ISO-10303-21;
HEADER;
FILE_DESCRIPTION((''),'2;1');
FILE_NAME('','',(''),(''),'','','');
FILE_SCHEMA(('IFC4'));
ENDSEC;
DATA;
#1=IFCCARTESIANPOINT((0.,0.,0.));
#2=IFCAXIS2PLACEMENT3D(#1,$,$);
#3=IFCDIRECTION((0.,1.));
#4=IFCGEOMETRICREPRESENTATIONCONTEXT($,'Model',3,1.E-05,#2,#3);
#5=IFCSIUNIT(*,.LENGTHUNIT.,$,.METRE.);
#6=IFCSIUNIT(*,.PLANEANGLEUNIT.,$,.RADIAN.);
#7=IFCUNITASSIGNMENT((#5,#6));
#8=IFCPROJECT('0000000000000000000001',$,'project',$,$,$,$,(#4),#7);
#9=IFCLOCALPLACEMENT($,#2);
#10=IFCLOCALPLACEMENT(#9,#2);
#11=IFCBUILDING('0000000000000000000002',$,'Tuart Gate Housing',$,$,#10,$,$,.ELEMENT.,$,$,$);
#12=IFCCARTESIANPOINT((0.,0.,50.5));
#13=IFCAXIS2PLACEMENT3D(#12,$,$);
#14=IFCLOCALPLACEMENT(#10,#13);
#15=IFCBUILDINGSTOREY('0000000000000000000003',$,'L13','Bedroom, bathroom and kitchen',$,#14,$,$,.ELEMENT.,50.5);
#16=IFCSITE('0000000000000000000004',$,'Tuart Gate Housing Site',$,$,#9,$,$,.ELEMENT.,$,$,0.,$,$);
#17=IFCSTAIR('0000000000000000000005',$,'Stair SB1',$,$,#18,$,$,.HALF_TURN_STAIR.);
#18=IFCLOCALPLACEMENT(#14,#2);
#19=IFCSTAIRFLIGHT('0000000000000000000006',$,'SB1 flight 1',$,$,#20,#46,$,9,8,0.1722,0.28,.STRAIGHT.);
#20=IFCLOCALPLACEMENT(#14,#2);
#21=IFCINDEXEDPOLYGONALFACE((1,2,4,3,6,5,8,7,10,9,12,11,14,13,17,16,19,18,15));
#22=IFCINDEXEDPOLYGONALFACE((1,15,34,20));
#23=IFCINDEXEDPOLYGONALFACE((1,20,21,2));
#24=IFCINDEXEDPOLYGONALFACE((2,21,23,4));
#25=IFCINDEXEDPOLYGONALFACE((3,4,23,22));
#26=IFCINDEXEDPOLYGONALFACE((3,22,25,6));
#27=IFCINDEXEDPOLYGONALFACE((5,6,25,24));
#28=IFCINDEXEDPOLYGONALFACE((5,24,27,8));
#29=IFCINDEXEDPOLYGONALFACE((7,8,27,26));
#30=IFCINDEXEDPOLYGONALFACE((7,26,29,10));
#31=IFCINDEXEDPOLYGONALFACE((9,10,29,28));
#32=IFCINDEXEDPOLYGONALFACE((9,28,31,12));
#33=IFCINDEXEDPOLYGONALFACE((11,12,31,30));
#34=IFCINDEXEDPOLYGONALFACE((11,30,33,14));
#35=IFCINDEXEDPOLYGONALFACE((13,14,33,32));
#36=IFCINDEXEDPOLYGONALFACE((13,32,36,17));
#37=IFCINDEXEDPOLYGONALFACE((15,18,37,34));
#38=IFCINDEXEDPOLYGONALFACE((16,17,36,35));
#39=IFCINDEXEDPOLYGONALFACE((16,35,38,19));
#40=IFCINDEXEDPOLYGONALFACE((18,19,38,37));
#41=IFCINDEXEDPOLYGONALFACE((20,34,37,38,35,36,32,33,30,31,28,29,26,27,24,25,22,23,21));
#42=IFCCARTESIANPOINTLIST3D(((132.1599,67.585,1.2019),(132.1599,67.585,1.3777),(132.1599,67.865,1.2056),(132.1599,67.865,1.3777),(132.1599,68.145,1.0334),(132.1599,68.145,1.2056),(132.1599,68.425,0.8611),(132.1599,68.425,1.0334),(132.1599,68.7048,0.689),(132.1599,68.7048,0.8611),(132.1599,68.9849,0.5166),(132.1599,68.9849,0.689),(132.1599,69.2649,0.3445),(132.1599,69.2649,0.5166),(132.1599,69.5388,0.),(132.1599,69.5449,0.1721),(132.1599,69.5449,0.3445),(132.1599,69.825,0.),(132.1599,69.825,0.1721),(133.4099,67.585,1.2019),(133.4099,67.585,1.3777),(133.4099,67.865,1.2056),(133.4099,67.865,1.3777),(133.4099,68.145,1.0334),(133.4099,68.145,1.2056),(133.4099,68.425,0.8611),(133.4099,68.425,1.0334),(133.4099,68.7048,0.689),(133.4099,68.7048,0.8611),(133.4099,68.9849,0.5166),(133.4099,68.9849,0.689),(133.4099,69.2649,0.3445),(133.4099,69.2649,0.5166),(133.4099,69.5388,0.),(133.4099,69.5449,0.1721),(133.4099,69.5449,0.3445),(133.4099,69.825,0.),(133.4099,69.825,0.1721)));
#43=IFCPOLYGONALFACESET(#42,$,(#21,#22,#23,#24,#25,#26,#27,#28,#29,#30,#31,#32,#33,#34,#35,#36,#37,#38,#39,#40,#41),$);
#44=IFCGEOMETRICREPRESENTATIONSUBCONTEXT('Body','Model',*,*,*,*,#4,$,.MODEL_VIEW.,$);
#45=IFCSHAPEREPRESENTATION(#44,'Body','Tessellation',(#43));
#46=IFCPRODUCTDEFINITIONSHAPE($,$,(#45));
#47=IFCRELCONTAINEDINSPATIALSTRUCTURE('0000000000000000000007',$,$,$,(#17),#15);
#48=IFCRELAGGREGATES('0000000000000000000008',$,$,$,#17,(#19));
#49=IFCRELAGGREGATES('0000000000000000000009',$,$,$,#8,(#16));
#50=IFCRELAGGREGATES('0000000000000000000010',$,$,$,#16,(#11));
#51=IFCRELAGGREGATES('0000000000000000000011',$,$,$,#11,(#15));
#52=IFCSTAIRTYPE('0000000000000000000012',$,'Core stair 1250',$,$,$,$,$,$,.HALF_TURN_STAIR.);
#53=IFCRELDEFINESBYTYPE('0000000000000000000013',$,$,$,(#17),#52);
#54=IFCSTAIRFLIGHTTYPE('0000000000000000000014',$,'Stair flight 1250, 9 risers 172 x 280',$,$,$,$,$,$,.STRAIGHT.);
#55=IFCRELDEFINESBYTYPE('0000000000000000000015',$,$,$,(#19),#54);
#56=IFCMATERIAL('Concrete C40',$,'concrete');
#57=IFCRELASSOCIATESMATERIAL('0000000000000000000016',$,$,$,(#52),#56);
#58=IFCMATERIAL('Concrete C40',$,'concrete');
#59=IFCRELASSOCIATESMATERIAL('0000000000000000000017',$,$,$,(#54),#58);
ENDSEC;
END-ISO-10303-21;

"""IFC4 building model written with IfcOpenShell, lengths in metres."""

from ifc_helpers import new_model, si_unit, direction, frame, origin, place, context, subcontext, project, spatial, polyline, outline, extrude, material, type_object, element, aggregate, save


model = new_model("IFC4")

# Units and contexts
model_context = context("Model", 3, precision=1e-05, world=origin(), true_north=direction((0.0, 1.0)))
body_context = subcontext(model_context, "Body", "Model", "MODEL_VIEW")
ifc_project = project(units=[si_unit("LENGTHUNIT", "METRE"), si_unit("PLANEANGLEUNIT", "RADIAN")], contexts=[model_context])

# Site, building, storey
site_placement = place(None, origin())
site = spatial("IfcSite", under=ifc_project, at=site_placement, Name="Tuart Gate Housing Site", CompositionType="ELEMENT", RefElevation=0.0)
building_placement = place(site_placement, origin())
building = spatial("IfcBuilding", under=site, at=building_placement, Name="Tuart Gate Housing", CompositionType="ELEMENT")
storey_placement = place(building_placement, frame((0.0, 0.0, 50.5)))
storey = spatial("IfcBuildingStorey", under=building, at=storey_placement, Name="L13", Description="Bedroom, bathroom and kitchen", CompositionType="ELEMENT", Elevation=50.5)

# Stair, stair flight
ifc_material_1 = material(Name="Concrete C40", Category="concrete")
stair_type = type_object("IfcStairType", Name="Core stair 1250", PredefinedType="HALF_TURN_STAIR", material=ifc_material_1)
stair_placement = place(storey_placement, origin())
stair = element("IfcStair", 1, at=stair_placement, inside=storey, type_object=stair_type, Name="Stair SB1", PredefinedType="HALF_TURN_STAIR")
ifc_material_2 = material(Name="Concrete C40", Category="concrete")
stair_flight_type = type_object("IfcStairFlightType", Name="Stair flight 1250, 9 risers 172 x 280", PredefinedType="STRAIGHT", material=ifc_material_2)
stair_flight_placement = place(storey_placement, frame((132.7849, 69.825, 0.0), z_axis=(0.0, 0.0, 1.0), x_axis=(0.0, -1.0, 0.0)))
stair_flight = element("IfcStairFlight", 2, at=stair_flight_placement, type_object=stair_flight_type, Name="SB1 flight 1", NumberOfRisers=9, NumberOfTreads=8, PredefinedType="STRAIGHT", RiserHeight=0.1722, TreadLength=0.28, context=body_context, shape_type="SweptSolid", body=[
    extrude(outline(polyline([(0.0, 0.0), (0.0, 0.1721), (0.28, 0.1721), (0.28, 0.3445), (0.5601, 0.3445), (0.5601, 0.5166), (0.8401, 0.5166), (0.8401, 0.689), (1.1201, 0.689), (1.1201, 0.8611), (1.3999, 0.8611), (1.3999, 1.0334), (1.6799, 1.0334), (1.6799, 1.2056), (1.96, 1.2056), (1.96, 1.3777), (2.24, 1.3777), (2.24, 1.55), (2.24, 1.2019), (0.2861, 0.0), (0.0, 0.0)])), frame((0.0, 0.625, 0.0), z_axis=(0.0, -1.0, 0.0), x_axis=(1.0, 0.0, 0.0)), (0.0, 0.0, 1.0), 1.25),
])
aggregate(stair, [stair_flight])

save(model, "model.ifc")
